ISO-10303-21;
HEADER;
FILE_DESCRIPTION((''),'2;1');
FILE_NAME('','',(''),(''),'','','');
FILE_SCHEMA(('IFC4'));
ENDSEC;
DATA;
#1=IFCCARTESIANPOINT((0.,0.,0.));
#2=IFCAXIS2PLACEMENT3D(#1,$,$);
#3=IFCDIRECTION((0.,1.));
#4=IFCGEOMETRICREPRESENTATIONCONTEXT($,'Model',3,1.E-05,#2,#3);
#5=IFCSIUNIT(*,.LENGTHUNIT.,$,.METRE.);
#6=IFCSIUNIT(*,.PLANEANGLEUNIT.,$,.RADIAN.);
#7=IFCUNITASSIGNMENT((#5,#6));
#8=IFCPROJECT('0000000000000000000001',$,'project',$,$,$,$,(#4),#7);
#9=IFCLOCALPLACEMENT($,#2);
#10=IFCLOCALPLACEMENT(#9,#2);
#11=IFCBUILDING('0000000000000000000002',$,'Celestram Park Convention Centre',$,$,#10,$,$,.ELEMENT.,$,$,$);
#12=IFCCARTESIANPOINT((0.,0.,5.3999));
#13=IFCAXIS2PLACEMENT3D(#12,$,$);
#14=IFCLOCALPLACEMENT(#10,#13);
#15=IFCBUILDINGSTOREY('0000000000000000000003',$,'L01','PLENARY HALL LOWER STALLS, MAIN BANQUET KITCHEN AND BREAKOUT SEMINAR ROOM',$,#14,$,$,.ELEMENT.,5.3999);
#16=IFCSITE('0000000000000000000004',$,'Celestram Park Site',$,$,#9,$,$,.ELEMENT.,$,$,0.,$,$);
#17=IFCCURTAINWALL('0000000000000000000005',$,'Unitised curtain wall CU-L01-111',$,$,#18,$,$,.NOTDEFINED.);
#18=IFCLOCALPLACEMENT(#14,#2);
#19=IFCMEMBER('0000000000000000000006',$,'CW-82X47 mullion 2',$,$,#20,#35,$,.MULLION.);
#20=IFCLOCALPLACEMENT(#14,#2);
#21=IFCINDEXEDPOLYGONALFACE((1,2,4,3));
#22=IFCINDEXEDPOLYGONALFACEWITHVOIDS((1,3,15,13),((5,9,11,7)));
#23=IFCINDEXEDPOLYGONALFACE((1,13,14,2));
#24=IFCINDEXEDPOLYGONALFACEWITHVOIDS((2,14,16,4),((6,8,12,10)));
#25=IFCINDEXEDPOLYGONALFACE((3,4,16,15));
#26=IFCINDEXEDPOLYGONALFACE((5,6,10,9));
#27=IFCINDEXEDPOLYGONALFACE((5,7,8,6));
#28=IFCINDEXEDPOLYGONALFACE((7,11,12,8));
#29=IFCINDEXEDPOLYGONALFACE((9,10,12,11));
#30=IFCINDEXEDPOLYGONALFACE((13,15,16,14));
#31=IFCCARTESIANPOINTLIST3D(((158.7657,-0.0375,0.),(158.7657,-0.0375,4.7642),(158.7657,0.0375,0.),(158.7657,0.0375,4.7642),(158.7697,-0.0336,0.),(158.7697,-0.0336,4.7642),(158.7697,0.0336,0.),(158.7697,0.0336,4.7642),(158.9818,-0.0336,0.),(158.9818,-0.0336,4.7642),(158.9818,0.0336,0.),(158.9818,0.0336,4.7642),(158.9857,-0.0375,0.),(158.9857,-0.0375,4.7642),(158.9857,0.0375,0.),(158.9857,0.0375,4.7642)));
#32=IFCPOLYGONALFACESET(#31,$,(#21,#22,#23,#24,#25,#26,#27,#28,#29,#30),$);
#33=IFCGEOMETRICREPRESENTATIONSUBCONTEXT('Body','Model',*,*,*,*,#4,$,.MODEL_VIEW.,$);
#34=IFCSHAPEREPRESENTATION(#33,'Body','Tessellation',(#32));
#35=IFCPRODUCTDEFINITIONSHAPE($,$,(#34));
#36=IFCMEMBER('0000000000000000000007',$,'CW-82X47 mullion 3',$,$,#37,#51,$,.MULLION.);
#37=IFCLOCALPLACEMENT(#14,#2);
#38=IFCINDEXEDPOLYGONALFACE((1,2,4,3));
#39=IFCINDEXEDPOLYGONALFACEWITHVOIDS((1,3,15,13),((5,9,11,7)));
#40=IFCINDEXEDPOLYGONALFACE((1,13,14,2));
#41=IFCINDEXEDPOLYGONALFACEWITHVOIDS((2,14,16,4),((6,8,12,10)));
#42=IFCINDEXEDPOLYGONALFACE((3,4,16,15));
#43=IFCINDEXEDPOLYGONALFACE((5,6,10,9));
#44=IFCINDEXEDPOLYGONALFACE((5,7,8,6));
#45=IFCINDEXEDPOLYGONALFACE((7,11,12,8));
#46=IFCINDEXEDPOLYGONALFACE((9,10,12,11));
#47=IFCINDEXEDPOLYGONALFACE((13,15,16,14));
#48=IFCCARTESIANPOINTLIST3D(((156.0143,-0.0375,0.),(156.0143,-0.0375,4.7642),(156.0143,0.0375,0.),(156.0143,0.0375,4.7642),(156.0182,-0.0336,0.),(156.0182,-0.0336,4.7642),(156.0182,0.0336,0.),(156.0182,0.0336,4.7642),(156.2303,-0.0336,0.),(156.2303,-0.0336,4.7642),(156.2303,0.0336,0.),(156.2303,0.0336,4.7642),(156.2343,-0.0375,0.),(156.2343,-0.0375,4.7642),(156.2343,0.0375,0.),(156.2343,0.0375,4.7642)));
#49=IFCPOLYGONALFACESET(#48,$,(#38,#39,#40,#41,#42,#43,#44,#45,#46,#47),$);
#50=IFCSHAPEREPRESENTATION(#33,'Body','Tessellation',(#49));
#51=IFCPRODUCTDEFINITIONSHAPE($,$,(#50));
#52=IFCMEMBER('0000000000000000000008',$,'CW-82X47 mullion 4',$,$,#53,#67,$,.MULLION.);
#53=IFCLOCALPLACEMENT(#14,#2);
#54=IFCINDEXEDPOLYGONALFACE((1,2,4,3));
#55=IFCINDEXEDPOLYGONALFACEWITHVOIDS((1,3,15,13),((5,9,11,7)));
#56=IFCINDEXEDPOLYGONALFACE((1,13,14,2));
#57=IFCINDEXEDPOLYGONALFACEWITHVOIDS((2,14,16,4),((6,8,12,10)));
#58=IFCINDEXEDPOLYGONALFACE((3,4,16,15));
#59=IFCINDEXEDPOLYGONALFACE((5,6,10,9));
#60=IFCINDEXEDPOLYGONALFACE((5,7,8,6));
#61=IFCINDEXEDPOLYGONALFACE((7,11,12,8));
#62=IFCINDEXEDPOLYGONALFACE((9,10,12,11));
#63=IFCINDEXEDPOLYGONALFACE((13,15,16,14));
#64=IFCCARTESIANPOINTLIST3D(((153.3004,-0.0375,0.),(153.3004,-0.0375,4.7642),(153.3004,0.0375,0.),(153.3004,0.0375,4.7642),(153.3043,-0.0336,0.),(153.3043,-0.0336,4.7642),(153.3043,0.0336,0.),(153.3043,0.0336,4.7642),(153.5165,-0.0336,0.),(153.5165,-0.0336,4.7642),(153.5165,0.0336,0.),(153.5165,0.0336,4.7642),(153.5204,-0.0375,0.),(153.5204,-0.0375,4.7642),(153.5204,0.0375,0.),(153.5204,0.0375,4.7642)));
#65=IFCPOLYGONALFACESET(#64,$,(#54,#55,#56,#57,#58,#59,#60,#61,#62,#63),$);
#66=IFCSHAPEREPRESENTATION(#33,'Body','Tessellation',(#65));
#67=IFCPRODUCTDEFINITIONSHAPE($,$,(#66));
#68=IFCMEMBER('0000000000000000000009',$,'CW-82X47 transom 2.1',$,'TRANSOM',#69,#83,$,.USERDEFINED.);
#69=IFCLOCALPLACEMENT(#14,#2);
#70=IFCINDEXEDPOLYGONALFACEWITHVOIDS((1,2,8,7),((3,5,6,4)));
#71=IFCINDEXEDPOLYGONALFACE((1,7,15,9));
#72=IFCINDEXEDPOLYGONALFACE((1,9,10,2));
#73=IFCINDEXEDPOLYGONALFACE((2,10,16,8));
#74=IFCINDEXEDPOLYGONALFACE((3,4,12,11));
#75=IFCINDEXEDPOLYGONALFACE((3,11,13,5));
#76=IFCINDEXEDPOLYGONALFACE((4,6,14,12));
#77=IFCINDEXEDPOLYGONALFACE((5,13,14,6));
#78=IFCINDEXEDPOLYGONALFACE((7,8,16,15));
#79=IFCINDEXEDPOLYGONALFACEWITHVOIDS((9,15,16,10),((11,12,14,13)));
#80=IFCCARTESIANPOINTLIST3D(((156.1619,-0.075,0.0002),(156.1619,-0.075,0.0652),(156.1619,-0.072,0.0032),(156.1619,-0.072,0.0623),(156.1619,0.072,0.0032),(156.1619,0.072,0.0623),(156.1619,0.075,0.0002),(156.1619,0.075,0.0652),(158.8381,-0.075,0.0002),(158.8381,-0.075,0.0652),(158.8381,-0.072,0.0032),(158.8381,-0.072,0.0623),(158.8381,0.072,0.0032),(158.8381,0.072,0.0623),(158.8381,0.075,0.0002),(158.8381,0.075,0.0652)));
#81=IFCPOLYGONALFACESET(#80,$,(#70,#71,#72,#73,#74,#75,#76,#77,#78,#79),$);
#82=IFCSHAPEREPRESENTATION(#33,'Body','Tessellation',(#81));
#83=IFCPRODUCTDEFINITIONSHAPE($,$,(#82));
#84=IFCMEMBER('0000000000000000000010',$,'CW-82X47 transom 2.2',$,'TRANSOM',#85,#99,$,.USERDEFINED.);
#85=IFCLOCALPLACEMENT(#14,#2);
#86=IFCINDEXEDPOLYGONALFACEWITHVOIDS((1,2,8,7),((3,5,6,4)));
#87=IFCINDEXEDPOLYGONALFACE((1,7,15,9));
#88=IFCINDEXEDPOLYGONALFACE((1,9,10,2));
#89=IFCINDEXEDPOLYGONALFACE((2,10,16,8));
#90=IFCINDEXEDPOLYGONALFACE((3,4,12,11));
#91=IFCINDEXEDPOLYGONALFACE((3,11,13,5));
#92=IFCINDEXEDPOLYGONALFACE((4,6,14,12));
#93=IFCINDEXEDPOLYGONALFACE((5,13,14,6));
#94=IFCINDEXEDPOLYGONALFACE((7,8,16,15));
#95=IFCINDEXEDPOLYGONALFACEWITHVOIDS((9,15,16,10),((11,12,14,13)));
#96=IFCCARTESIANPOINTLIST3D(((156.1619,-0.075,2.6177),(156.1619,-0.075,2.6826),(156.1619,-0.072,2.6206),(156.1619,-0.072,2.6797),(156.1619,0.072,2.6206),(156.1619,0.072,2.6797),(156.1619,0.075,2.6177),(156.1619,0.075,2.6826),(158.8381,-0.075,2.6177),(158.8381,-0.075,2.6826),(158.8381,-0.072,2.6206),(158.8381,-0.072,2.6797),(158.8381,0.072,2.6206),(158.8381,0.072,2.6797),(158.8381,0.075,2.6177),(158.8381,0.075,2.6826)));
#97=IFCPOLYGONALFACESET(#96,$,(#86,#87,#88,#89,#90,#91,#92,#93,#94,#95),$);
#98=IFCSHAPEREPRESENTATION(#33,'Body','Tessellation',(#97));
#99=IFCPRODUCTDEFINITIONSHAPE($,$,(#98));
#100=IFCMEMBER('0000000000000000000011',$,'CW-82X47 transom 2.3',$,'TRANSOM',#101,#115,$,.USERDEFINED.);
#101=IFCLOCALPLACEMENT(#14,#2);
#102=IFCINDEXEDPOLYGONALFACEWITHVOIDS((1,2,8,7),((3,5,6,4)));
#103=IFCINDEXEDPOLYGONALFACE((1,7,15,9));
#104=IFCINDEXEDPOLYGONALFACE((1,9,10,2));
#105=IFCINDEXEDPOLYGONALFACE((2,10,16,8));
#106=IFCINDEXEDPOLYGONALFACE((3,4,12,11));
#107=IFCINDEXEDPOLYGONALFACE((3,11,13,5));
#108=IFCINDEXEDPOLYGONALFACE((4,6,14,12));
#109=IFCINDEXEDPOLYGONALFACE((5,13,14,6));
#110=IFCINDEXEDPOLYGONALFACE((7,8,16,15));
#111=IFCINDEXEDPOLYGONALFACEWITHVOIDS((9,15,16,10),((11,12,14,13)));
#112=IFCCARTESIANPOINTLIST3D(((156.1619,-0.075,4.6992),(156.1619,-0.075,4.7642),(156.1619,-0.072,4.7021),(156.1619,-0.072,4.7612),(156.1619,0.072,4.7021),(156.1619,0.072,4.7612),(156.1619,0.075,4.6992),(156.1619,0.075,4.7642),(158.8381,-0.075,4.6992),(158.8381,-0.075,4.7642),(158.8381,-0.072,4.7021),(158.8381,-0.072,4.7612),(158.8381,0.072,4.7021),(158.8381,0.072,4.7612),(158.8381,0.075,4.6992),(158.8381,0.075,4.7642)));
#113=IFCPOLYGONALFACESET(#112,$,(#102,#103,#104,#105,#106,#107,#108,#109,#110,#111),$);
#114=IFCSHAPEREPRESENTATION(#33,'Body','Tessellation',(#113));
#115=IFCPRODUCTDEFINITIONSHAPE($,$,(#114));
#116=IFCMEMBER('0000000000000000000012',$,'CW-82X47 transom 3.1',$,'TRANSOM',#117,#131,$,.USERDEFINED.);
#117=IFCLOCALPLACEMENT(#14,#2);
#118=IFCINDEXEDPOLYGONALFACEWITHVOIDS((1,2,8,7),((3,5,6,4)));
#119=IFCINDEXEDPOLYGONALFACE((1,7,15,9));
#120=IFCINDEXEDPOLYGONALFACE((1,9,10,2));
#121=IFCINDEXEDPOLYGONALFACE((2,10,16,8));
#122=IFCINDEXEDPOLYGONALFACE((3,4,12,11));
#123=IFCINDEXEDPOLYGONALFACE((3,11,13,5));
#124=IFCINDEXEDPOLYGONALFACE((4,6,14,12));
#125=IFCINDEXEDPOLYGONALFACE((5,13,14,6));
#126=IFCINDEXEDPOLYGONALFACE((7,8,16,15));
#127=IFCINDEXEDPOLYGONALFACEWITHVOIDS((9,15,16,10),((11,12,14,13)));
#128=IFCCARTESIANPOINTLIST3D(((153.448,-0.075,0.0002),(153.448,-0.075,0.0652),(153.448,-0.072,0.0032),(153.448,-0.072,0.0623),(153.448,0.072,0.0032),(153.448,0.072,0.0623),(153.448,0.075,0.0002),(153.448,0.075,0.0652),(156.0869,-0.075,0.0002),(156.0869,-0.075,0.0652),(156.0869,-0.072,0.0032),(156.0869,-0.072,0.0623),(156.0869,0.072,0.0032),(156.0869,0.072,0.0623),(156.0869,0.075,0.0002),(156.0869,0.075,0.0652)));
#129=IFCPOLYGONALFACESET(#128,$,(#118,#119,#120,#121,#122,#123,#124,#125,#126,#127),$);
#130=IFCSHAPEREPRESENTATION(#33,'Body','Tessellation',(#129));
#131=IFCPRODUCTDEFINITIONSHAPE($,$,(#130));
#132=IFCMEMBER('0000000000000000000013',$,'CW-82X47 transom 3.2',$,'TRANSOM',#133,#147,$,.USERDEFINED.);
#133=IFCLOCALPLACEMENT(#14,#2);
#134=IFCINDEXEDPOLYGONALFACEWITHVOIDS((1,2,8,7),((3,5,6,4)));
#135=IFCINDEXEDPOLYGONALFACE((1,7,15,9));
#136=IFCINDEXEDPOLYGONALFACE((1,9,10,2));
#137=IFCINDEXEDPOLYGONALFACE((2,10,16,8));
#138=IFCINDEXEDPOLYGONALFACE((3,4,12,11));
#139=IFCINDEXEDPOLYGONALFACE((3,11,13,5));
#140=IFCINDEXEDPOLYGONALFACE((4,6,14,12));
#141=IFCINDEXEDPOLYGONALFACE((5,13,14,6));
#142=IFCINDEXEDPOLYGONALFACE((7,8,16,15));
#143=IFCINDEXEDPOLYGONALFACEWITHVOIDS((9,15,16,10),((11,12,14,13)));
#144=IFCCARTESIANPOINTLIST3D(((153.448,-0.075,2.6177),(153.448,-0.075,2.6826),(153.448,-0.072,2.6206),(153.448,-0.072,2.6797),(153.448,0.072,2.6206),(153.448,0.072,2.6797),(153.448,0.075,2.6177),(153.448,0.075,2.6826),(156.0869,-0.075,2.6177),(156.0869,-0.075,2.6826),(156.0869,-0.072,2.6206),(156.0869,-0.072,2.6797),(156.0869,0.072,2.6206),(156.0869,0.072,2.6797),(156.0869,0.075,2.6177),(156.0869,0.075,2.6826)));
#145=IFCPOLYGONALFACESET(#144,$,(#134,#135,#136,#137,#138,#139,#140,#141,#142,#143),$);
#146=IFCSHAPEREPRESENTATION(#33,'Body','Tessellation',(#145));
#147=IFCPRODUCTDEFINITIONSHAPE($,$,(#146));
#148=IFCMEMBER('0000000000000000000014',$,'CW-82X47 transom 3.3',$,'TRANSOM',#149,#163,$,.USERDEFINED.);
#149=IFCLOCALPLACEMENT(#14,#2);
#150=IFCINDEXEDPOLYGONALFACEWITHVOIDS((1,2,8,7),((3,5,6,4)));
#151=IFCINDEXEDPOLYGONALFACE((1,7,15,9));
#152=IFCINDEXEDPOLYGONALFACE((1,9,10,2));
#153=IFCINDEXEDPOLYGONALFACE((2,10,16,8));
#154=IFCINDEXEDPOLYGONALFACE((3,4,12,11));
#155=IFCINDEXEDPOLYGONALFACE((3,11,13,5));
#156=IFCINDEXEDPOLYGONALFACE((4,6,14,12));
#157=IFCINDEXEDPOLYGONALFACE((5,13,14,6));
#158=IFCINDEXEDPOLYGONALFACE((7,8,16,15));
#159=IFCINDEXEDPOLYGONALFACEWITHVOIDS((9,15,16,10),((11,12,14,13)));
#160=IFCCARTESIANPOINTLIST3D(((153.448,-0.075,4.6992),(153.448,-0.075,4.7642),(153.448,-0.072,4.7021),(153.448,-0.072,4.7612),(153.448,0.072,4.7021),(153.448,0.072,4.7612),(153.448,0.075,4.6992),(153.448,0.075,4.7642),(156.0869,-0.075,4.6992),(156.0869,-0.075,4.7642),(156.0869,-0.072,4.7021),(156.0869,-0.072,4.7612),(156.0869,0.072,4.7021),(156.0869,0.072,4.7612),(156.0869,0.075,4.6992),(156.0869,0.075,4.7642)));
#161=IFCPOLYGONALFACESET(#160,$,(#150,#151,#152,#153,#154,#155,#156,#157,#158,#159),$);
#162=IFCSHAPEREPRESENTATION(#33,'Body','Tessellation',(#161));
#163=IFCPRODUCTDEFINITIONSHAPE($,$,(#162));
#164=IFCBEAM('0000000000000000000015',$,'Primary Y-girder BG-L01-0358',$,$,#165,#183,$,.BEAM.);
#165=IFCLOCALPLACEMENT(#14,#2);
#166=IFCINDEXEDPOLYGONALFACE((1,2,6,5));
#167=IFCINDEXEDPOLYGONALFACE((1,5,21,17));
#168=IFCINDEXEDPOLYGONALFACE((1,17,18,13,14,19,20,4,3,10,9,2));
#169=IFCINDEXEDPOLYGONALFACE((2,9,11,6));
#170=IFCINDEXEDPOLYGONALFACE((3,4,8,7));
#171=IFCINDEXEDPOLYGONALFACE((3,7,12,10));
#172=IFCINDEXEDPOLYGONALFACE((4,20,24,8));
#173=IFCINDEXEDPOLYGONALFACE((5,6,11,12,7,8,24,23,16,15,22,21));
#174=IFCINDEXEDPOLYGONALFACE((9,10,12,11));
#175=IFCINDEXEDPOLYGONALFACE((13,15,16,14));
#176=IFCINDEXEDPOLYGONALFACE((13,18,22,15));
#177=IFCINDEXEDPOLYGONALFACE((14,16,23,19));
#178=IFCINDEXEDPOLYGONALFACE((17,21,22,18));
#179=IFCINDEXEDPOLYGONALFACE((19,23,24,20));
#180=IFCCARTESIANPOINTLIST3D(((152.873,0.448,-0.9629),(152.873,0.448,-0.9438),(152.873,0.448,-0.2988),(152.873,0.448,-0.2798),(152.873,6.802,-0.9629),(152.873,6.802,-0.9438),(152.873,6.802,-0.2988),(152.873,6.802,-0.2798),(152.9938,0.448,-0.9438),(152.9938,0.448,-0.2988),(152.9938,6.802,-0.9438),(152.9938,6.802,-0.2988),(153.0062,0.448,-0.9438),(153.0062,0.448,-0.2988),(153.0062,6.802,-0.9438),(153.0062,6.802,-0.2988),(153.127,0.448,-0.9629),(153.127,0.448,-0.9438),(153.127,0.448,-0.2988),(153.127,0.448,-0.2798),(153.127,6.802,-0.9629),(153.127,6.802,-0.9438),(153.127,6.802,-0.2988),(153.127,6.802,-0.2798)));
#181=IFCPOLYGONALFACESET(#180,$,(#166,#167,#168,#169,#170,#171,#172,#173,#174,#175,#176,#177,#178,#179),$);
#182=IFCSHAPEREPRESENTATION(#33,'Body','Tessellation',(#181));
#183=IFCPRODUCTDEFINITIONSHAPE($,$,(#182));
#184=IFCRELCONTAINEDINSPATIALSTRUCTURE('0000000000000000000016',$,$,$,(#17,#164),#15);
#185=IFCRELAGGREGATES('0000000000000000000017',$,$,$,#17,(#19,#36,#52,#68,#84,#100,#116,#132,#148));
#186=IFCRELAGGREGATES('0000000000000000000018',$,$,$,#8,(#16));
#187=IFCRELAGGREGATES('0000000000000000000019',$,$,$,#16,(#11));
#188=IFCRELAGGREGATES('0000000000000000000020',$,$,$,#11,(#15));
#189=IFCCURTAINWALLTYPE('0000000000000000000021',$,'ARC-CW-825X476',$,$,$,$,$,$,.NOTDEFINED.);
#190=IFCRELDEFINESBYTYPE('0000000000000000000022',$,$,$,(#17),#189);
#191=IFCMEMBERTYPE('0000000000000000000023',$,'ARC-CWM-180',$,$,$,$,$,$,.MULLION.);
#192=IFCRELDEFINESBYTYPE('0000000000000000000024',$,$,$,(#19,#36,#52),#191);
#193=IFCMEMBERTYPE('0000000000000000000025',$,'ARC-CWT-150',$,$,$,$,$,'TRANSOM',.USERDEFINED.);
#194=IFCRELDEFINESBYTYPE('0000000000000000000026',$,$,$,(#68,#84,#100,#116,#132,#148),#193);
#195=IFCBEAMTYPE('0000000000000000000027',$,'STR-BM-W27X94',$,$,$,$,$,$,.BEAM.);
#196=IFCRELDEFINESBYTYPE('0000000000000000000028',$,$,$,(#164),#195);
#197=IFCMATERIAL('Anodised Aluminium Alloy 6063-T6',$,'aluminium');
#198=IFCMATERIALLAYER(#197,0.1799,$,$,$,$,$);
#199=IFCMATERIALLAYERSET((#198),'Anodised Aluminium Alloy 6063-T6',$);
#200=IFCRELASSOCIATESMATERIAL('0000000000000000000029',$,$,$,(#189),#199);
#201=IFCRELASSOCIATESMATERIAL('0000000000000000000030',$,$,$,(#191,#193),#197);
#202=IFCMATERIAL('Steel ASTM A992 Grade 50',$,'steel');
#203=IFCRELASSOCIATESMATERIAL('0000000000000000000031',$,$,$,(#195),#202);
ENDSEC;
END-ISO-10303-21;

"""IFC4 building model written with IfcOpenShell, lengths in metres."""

from ifc_helpers import new_model, si_unit, direction, frame, origin, origin_2d, place, context, subcontext, project, spatial, hollow_rectangle, i_section, extrude, material, layer, layer_set, material_profile, profile_set, type_object, element, aggregate, save


model = new_model("IFC4")

# Units and contexts
model_context = context("Model", 3, precision=1e-05, world=origin(), true_north=direction((0.0, 1.0)))
body_context = subcontext(model_context, "Body", "Model", "MODEL_VIEW")
ifc_project = project(units=[si_unit("LENGTHUNIT", "METRE"), si_unit("PLANEANGLEUNIT", "RADIAN")], contexts=[model_context])

# Site, building, storey
site_placement = place(None, origin())
site = spatial("IfcSite", under=ifc_project, at=site_placement, Name="Celestram Park Site", CompositionType="ELEMENT", RefElevation=0.0)
building_placement = place(site_placement, origin())
building = spatial("IfcBuilding", under=site, at=building_placement, Name="Celestram Park Convention Centre", CompositionType="ELEMENT")
storey_placement = place(building_placement, frame((0.0, 0.0, 5.3999)))
storey = spatial("IfcBuildingStorey", under=building, at=storey_placement, Name="L01", Description="PLENARY HALL LOWER STALLS, MAIN BANQUET KITCHEN AND BREAKOUT SEMINAR ROOM", CompositionType="ELEMENT", Elevation=5.3999)

# Curtain wall, members
ifc_material_1 = material(Name="Anodised Aluminium Alloy 6063-T6", Category="aluminium")
ifc_layer_1 = layer(ifc_material_1, 0.1799)
ifc_layer_set_1 = layer_set([ifc_layer_1], Name="Anodised Aluminium Alloy 6063-T6")
curtain_wall_type = type_object("IfcCurtainWallType", Name="ARC-CW-825X476", PredefinedType="NOTDEFINED", material=ifc_layer_set_1)
curtain_wall_placement = place(storey_placement, origin())
curtain_wall = element("IfcCurtainWall", 1, at=curtain_wall_placement, inside=storey, type_object=curtain_wall_type, Name="Unitised curtain wall CU-L01-111", PredefinedType="NOTDEFINED")
ifc_material_profile_1 = material_profile(ifc_material_1, hollow_rectangle(XDim=0.075, YDim=0.22, WallThickness=0.0039, at=origin_2d()), Name="ALU75X220X4")
ifc_profile_set_1 = profile_set([ifc_material_profile_1], Name="Anodised Aluminium Alloy 6063-T6")
member_type_1 = type_object("IfcMemberType", Name="ARC-CWM-180", PredefinedType="MULLION", material=ifc_profile_set_1)
member_1_placement = place(storey_placement, frame((158.8757, 0.0, 0.0), z_axis=(0.0, 0.0, 1.0), x_axis=(0.0, -1.0, 0.0)))
member_1 = element("IfcMember", 2, at=member_1_placement, type_object=member_type_1, Name="CW-82X47 mullion 2", PredefinedType="MULLION", context=body_context, shape_type="SweptSolid", body=[
    extrude(hollow_rectangle(XDim=0.075, YDim=0.22, WallThickness=0.0039, at=origin_2d()), origin(), (0.0, 0.0, 1.0), 4.7642),
])
member_2_placement = place(storey_placement, frame((156.1243, 0.0, 0.0), z_axis=(0.0, 0.0, 1.0), x_axis=(0.0, -1.0, 0.0)))
member_2 = element("IfcMember", 3, at=member_2_placement, type_object=member_type_1, Name="CW-82X47 mullion 3", PredefinedType="MULLION", context=body_context, shape_type="SweptSolid", body=[
    extrude(hollow_rectangle(XDim=0.075, YDim=0.22, WallThickness=0.0039, at=origin_2d()), origin(), (0.0, 0.0, 1.0), 4.7642),
])
member_3_placement = place(storey_placement, frame((153.4104, 0.0, 0.0), z_axis=(0.0, 0.0, 1.0), x_axis=(0.0, -1.0, 0.0)))
member_3 = element("IfcMember", 4, at=member_3_placement, type_object=member_type_1, Name="CW-82X47 mullion 4", PredefinedType="MULLION", context=body_context, shape_type="SweptSolid", body=[
    extrude(hollow_rectangle(XDim=0.075, YDim=0.22, WallThickness=0.0039, at=origin_2d()), origin(), (0.0, 0.0, 1.0), 4.7642),
])
ifc_material_profile_2 = material_profile(ifc_material_1, hollow_rectangle(XDim=0.1499, YDim=0.0649, WallThickness=0.0029, at=origin_2d()), Name="ALU150X65X3")
ifc_profile_set_2 = profile_set([ifc_material_profile_2], Name="Anodised Aluminium Alloy 6063-T6")
member_type_2 = type_object("IfcMemberType", Name="ARC-CWT-150", ElementType="TRANSOM", PredefinedType="USERDEFINED", material=ifc_profile_set_2)
member_4_placement = place(storey_placement, frame((158.8381, 0.0, 0.0327), z_axis=(-1.0, 0.0, 0.0), x_axis=(0.0, -1.0, 0.0)))
member_4 = element("IfcMember", 5, at=member_4_placement, type_object=member_type_2, Name="CW-82X47 transom 2.1", ObjectType="TRANSOM", PredefinedType="USERDEFINED", context=body_context, shape_type="SweptSolid", body=[
    extrude(hollow_rectangle(XDim=0.1499, YDim=0.0649, WallThickness=0.0029, at=origin_2d()), origin(), (0.0, 0.0, 1.0), 2.6763),
])
member_5_placement = place(storey_placement, frame((158.8381, 0.0, 2.6501), z_axis=(-1.0, 0.0, 0.0), x_axis=(0.0, -1.0, 0.0)))
member_5 = element("IfcMember", 6, at=member_5_placement, type_object=member_type_2, Name="CW-82X47 transom 2.2", ObjectType="TRANSOM", PredefinedType="USERDEFINED", context=body_context, shape_type="SweptSolid", body=[
    extrude(hollow_rectangle(XDim=0.1499, YDim=0.0649, WallThickness=0.0029, at=origin_2d()), origin(), (0.0, 0.0, 1.0), 2.6763),
])
member_6_placement = place(storey_placement, frame((158.8381, 0.0, 4.7317), z_axis=(-1.0, 0.0, 0.0), x_axis=(0.0, -1.0, 0.0)))
member_6 = element("IfcMember", 7, at=member_6_placement, type_object=member_type_2, Name="CW-82X47 transom 2.3", ObjectType="TRANSOM", PredefinedType="USERDEFINED", context=body_context, shape_type="SweptSolid", body=[
    extrude(hollow_rectangle(XDim=0.1499, YDim=0.0649, WallThickness=0.0029, at=origin_2d()), origin(), (0.0, 0.0, 1.0), 2.6763),
])
member_7_placement = place(storey_placement, frame((156.0869, 0.0, 0.0327), z_axis=(-1.0, 0.0, 0.0), x_axis=(0.0, -1.0, 0.0)))
member_7 = element("IfcMember", 8, at=member_7_placement, type_object=member_type_2, Name="CW-82X47 transom 3.1", ObjectType="TRANSOM", PredefinedType="USERDEFINED", context=body_context, shape_type="SweptSolid", body=[
    extrude(hollow_rectangle(XDim=0.1499, YDim=0.0649, WallThickness=0.0029, at=origin_2d()), origin(), (0.0, 0.0, 1.0), 2.6389),
])
member_8_placement = place(storey_placement, frame((156.0869, 0.0, 2.6501), z_axis=(-1.0, 0.0, 0.0), x_axis=(0.0, -1.0, 0.0)))
member_8 = element("IfcMember", 9, at=member_8_placement, type_object=member_type_2, Name="CW-82X47 transom 3.2", ObjectType="TRANSOM", PredefinedType="USERDEFINED", context=body_context, shape_type="SweptSolid", body=[
    extrude(hollow_rectangle(XDim=0.1499, YDim=0.0649, WallThickness=0.0029, at=origin_2d()), origin(), (0.0, 0.0, 1.0), 2.6389),
])
member_9_placement = place(storey_placement, frame((156.0869, 0.0, 4.7317), z_axis=(-1.0, 0.0, 0.0), x_axis=(0.0, -1.0, 0.0)))
member_9 = element("IfcMember", 10, at=member_9_placement, type_object=member_type_2, Name="CW-82X47 transom 3.3", ObjectType="TRANSOM", PredefinedType="USERDEFINED", context=body_context, shape_type="SweptSolid", body=[
    extrude(hollow_rectangle(XDim=0.1499, YDim=0.0649, WallThickness=0.0029, at=origin_2d()), origin(), (0.0, 0.0, 1.0), 2.6389),
])

# Beam
ifc_material_2 = material(Name="Steel ASTM A992 Grade 50", Category="steel")
ifc_material_profile_3 = material_profile(ifc_material_2, i_section(OverallWidth=0.2539, OverallDepth=0.6831, WebThickness=0.0125, FlangeThickness=0.019, at=origin_2d()), Name="W27X94")
ifc_profile_set_3 = profile_set([ifc_material_profile_3], Name="Steel ASTM A992 Grade 50")
beam_type_1 = type_object("IfcBeamType", Name="STR-BM-W27X94", PredefinedType="BEAM", material=ifc_profile_set_3)
beam_1_placement = place(storey_placement, frame((153.0, 0.448, -0.6213), z_axis=(0.0, 1.0, 0.0), x_axis=(-1.0, 0.0, 0.0)))
element("IfcBeam", 11, at=beam_1_placement, inside=storey, type_object=beam_type_1, Name="Primary Y-girder BG-L01-0358", PredefinedType="BEAM", context=body_context, shape_type="SweptSolid", body=[
    extrude(i_section(OverallWidth=0.2539, OverallDepth=0.6831, WebThickness=0.0125, FlangeThickness=0.019, at=origin_2d()), origin(), (0.0, 0.0, 1.0), 6.354),
])

aggregate(curtain_wall, [member_1, member_2, member_3, member_4, member_5, member_6, member_7, member_8, member_9])

save(model, "model.ifc")
